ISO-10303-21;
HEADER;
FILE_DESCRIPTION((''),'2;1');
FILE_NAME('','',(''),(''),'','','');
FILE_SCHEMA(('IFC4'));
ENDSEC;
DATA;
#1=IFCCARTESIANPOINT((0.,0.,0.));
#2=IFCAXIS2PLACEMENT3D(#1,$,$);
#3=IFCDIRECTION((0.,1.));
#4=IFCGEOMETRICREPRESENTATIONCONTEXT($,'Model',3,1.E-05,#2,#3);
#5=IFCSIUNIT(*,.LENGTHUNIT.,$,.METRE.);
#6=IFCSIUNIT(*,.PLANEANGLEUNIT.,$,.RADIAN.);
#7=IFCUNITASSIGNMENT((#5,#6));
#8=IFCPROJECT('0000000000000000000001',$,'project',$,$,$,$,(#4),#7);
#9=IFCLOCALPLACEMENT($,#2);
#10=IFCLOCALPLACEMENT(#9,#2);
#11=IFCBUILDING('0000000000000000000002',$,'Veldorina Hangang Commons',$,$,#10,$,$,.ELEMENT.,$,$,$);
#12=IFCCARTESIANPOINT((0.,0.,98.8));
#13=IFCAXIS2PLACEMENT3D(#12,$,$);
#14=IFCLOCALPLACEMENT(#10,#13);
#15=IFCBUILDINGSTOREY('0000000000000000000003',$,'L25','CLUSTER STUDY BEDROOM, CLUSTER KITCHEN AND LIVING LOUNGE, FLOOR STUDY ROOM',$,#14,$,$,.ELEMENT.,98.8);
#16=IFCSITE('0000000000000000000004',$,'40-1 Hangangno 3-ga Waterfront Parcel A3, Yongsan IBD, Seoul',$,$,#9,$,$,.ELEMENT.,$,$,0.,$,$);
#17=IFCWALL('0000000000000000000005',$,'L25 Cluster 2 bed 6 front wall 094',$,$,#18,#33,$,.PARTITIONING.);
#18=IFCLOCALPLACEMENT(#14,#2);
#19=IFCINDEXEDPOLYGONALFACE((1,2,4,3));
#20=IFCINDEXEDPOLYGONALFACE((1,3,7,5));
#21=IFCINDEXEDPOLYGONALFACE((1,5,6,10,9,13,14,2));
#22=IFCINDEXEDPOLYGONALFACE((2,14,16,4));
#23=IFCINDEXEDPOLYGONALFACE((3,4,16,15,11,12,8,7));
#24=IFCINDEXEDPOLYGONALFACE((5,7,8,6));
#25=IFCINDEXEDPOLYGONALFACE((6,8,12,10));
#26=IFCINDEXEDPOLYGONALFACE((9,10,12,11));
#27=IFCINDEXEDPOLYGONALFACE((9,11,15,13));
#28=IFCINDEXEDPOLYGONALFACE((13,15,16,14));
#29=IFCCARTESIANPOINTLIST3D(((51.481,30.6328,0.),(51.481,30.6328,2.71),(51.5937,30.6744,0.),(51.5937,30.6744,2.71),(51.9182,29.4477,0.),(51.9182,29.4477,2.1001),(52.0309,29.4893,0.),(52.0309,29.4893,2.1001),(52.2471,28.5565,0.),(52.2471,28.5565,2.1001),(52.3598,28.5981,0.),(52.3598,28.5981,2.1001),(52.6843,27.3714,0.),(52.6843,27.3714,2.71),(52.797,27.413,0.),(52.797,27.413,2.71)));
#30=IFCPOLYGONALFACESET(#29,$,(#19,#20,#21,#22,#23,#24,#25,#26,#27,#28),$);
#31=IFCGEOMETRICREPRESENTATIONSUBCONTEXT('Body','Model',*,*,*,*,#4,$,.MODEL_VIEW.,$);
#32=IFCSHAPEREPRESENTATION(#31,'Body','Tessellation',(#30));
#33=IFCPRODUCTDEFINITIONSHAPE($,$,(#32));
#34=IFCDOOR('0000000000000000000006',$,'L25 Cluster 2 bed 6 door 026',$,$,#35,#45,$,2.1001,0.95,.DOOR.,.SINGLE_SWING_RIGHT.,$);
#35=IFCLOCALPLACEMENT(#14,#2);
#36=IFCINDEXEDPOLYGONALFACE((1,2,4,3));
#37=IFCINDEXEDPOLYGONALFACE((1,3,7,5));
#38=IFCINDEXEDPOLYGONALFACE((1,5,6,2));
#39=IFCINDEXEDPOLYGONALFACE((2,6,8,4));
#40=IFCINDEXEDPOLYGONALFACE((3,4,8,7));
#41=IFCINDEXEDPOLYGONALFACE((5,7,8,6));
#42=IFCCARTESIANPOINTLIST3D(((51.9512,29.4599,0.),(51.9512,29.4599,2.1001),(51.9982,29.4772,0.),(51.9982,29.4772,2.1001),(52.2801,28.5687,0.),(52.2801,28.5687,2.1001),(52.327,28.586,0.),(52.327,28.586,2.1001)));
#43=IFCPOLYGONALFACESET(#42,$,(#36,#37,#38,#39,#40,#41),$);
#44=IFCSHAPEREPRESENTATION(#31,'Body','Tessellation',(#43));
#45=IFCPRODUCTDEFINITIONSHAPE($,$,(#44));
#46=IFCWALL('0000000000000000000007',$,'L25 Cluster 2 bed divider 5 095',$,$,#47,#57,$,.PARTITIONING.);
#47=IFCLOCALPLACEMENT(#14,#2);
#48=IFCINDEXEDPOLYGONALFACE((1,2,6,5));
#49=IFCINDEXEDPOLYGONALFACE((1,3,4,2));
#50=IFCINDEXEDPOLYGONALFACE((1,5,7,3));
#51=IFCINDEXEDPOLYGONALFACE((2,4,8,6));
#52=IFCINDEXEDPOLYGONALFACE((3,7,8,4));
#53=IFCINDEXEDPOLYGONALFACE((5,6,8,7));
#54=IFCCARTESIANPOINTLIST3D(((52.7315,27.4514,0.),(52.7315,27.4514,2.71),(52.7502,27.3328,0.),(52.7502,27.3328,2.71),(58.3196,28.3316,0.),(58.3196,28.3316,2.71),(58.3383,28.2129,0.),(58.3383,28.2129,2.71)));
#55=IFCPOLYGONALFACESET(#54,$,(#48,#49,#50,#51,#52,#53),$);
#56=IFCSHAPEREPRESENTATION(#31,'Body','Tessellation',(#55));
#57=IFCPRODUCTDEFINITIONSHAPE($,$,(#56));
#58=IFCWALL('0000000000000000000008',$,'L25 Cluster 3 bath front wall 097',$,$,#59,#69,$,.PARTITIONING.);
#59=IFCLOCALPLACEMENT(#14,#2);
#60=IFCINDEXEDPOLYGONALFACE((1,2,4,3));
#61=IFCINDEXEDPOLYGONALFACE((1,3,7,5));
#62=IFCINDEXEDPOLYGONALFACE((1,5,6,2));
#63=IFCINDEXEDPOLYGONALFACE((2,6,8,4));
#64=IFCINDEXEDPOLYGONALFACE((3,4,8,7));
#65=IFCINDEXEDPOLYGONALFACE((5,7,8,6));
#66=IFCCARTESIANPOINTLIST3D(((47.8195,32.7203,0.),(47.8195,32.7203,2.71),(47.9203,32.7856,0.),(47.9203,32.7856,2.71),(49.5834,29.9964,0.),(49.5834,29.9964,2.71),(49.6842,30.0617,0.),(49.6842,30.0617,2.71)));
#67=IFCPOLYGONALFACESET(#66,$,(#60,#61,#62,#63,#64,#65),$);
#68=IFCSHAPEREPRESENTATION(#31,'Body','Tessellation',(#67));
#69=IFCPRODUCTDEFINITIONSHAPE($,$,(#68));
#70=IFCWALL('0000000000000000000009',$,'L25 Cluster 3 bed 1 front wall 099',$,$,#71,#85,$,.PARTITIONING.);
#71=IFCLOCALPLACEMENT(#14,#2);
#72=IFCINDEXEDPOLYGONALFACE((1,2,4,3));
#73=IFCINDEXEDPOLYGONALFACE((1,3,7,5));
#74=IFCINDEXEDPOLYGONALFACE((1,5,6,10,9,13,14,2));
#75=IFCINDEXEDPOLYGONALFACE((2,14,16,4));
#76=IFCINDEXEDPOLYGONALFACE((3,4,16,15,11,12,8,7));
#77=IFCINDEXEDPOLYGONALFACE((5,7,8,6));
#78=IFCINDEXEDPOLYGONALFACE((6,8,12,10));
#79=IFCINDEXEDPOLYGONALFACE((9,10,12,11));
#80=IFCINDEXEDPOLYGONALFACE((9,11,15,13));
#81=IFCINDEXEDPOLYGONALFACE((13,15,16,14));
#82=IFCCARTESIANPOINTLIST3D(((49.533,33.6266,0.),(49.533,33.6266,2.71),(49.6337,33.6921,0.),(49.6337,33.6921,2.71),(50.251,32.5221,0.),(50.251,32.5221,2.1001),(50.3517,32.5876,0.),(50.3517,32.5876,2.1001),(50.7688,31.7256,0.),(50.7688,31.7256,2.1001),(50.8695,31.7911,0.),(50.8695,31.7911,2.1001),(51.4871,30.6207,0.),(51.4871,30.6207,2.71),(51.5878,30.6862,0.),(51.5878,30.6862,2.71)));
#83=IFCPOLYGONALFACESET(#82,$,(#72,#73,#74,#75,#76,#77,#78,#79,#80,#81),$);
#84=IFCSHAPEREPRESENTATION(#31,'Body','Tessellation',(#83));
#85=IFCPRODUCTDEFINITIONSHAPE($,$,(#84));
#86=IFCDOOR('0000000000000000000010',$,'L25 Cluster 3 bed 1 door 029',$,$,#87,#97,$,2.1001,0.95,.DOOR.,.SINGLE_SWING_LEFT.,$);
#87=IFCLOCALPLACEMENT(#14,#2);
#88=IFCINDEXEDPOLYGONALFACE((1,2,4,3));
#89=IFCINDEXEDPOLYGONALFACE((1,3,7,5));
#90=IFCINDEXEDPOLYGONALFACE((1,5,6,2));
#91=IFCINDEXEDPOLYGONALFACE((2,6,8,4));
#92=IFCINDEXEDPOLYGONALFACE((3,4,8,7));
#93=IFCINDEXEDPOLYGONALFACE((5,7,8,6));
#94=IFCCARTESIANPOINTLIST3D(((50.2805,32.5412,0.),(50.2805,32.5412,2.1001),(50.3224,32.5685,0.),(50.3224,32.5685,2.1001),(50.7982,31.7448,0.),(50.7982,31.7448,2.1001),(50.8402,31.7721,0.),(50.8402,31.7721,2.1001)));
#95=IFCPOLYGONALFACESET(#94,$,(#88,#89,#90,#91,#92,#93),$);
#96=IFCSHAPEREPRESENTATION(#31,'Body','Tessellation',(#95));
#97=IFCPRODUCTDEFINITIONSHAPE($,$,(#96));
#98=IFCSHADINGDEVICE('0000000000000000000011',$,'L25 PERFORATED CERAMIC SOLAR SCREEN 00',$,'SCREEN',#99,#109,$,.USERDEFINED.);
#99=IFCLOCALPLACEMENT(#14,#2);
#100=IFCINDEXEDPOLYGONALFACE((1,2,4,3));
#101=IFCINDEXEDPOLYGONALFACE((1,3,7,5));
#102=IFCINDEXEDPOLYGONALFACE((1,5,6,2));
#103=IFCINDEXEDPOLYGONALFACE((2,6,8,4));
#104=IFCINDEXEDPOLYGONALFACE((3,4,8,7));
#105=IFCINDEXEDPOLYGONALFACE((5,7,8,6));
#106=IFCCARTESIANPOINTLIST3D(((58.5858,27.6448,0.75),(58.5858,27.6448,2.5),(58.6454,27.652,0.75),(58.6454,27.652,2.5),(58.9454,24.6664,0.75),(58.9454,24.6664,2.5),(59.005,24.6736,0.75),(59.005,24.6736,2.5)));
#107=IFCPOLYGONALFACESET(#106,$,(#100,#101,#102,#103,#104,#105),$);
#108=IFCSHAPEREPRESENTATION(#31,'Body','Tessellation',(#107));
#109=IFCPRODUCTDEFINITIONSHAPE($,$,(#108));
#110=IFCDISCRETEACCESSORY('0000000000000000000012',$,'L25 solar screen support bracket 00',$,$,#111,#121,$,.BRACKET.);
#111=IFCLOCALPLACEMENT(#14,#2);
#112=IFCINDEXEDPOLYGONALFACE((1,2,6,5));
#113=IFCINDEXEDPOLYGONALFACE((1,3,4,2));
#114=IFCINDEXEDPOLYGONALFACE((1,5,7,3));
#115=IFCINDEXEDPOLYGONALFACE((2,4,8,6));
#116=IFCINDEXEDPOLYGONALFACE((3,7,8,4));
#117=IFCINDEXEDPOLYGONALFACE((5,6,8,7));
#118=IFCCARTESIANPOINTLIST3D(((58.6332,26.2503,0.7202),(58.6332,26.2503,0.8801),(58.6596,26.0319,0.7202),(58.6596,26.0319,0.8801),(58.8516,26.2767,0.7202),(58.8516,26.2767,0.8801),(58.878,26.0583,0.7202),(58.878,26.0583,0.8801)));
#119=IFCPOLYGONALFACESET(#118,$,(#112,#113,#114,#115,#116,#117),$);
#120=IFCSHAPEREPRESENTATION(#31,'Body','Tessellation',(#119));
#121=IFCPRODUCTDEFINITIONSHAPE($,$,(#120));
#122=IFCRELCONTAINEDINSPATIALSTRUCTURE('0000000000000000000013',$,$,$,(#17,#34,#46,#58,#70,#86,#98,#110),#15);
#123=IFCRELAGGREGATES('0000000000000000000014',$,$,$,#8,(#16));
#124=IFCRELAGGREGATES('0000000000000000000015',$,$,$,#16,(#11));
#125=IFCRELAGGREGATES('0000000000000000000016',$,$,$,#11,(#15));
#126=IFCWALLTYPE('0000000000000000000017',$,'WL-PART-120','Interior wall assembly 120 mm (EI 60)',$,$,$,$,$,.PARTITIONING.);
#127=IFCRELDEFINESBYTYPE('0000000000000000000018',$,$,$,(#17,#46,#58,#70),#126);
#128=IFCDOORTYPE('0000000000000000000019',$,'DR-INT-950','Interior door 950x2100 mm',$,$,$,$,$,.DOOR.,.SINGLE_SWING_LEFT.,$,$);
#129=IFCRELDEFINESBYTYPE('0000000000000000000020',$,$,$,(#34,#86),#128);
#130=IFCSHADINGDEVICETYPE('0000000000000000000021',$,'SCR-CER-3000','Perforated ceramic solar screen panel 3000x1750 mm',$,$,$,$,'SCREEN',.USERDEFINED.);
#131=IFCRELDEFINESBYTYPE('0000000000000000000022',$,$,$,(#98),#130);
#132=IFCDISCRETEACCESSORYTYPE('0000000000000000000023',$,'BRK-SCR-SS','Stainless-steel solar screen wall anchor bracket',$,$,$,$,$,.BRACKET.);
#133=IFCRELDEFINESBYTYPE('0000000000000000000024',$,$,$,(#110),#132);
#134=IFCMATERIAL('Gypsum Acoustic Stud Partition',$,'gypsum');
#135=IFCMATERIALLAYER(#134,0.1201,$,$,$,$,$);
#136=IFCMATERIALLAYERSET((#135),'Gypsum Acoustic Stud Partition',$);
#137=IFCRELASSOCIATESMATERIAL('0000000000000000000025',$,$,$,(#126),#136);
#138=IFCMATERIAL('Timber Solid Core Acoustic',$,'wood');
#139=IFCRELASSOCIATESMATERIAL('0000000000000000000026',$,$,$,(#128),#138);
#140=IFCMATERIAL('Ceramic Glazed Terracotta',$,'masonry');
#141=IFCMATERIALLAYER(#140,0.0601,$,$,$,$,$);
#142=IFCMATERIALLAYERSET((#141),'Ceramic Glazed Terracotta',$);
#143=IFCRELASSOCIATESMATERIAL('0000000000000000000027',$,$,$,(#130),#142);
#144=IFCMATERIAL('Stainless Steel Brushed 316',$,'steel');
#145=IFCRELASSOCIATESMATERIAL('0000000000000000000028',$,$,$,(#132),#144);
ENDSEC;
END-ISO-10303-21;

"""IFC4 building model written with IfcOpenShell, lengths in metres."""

from ifc_helpers import new_model, si_unit, direction, frame, frame_2d, origin, origin_2d, place, context, subcontext, project, spatial, rectangle, extrude, material, layer, layer_set, type_object, element, fill, save


model = new_model("IFC4")

# Units and contexts
model_context = context("Model", 3, precision=1e-05, world=origin(), true_north=direction((0.0, 1.0)))
body_context = subcontext(model_context, "Body", "Model", "MODEL_VIEW")
ifc_project = project(units=[si_unit("LENGTHUNIT", "METRE"), si_unit("PLANEANGLEUNIT", "RADIAN")], contexts=[model_context])

# Site, building, storey
site_placement = place(None, origin())
site = spatial("IfcSite", under=ifc_project, at=site_placement, Name="40-1 Hangangno 3-ga Waterfront Parcel A3, Yongsan IBD, Seoul", CompositionType="ELEMENT", RefElevation=0.0)
building_placement = place(site_placement, origin())
building = spatial("IfcBuilding", under=site, at=building_placement, Name="Veldorina Hangang Commons", CompositionType="ELEMENT")
storey_placement = place(building_placement, frame((0.0, 0.0, 98.8)))
storey = spatial("IfcBuildingStorey", under=building, at=storey_placement, Name="L25", Description="CLUSTER STUDY BEDROOM, CLUSTER KITCHEN AND LIVING LOUNGE, FLOOR STUDY ROOM", CompositionType="ELEMENT", Elevation=98.8)

# Shared definitions
ifc_material_1 = material(Name="Gypsum Acoustic Stud Partition", Category="gypsum")
ifc_layer_1 = layer(ifc_material_1, 0.1201)
ifc_layer_set_1 = layer_set([ifc_layer_1], Name="Gypsum Acoustic Stud Partition")
wall_type_1 = type_object("IfcWallType", Name="WL-PART-120", Description="Interior wall assembly 120 mm (EI 60)", PredefinedType="PARTITIONING", material=ifc_layer_set_1)
ifc_material_2 = material(Name="Timber Solid Core Acoustic", Category="wood")
door_type = type_object("IfcDoorType", Name="DR-INT-950", Description="Interior door 950x2100 mm", OperationType="SINGLE_SWING_LEFT", PredefinedType="DOOR", material=ifc_material_2)

# Wall, opening, door
wall_1_placement = place(storey_placement, frame((52.7407, 27.3921, 0.0), z_axis=(0.0, 0.0, 1.0), x_axis=(-0.346154, 0.938178, 0.0)))
wall_1 = element("IfcWall", 1, at=wall_1_placement, inside=storey, type_object=wall_type_1, Name="L25 Cluster 2 bed 6 front wall 094", PredefinedType="PARTITIONING", context=body_context, shape_type="SweptSolid", body=[
    extrude(rectangle(XDim=3.4763, YDim=0.1201, at=frame_2d((1.7383, 0.0))), origin(), (0.0, 0.0, 1.0), 2.71),
])
opening_1_placement = place(wall_1_placement, frame((1.2632, 0.0, 0.0)))
opening_1 = element("IfcOpeningElement", 2, at=opening_1_placement, cuts=wall_1, PredefinedType="OPENING", context=body_context, shape_type="SweptSolid", body=[
    extrude(rectangle(XDim=0.95, YDim=2.1001, at=frame_2d((0.4751, 1.05))), frame((0.0, 0.0701, 0.0), z_axis=(0.0, -1.0, 0.0), x_axis=(1.0, 0.0, 0.0)), (0.0, 0.0, 1.0), 0.1401),
])
door_1_placement = place(opening_1_placement, origin())
door_1 = element("IfcDoor", 3, at=door_1_placement, inside=storey, type_object=door_type, Name="L25 Cluster 2 bed 6 door 026", OperationType="SINGLE_SWING_RIGHT", OverallHeight=2.1001, OverallWidth=0.95, PredefinedType="DOOR", context=body_context, shape_type="SweptSolid", body=[
    extrude(rectangle(XDim=0.95, YDim=2.1001, at=frame_2d((0.4751, 1.05))), frame((0.0, 0.0249, 0.0), z_axis=(0.0, -1.0, 0.0), x_axis=(1.0, 0.0, 0.0)), (0.0, 0.0, 1.0), 0.05),
])
fill(opening_1, door_1)

# Walls
wall_2_placement = place(storey_placement, frame((52.7407, 27.3921, 0.0), z_axis=(0.0, 0.0, 1.0), x_axis=(0.987823, 0.155581, 0.0)))
element("IfcWall", 4, at=wall_2_placement, inside=storey, type_object=wall_type_1, Name="L25 Cluster 2 bed divider 5 095", PredefinedType="PARTITIONING", context=body_context, shape_type="SweptSolid", body=[
    extrude(rectangle(XDim=5.657, YDim=0.1201, at=frame_2d((2.8286, 0.0))), origin(), (0.0, 0.0, 1.0), 2.71),
])
wall_3_placement = place(storey_placement, frame((49.6338, 30.0291, 0.0), z_axis=(0.0, 0.0, 1.0), x_axis=(-0.543557, 0.839372, 0.0)))
element("IfcWall", 5, at=wall_3_placement, inside=storey, type_object=wall_type_1, Name="L25 Cluster 3 bath front wall 097", PredefinedType="PARTITIONING", context=body_context, shape_type="SweptSolid", body=[
    extrude(rectangle(XDim=3.2451, YDim=0.1201, at=frame_2d((1.6226, 0.0))), origin(), (0.0, 0.0, 1.0), 2.71),
])

# Wall, opening, door
wall_4_placement = place(storey_placement, frame((51.5374, 30.6536, 0.0), z_axis=(0.0, 0.0, 1.0), x_axis=(-0.545046, 0.838406, 0.0)))
wall_4 = element("IfcWall", 6, at=wall_4_placement, inside=storey, type_object=wall_type_1, Name="L25 Cluster 3 bed 1 front wall 099", PredefinedType="PARTITIONING", context=body_context, shape_type="SweptSolid", body=[
    extrude(rectangle(XDim=3.5852, YDim=0.1201, at=frame_2d((1.7925, 0.0))), origin(), (0.0, 0.0, 1.0), 2.71),
])
opening_2_placement = place(wall_4_placement, frame((1.3176, 0.0, 0.0)))
opening_2 = element("IfcOpeningElement", 7, at=opening_2_placement, cuts=wall_4, PredefinedType="OPENING", context=body_context, shape_type="SweptSolid", body=[
    extrude(rectangle(XDim=0.95, YDim=2.1001, at=frame_2d((0.4751, 1.05))), frame((0.0, 0.0701, 0.0), z_axis=(0.0, -1.0, 0.0), x_axis=(1.0, 0.0, 0.0)), (0.0, 0.0, 1.0), 0.1401),
])
door_2_placement = place(opening_2_placement, origin())
door_2 = element("IfcDoor", 8, at=door_2_placement, inside=storey, type_object=door_type, Name="L25 Cluster 3 bed 1 door 029", OperationType="SINGLE_SWING_LEFT", OverallHeight=2.1001, OverallWidth=0.95, PredefinedType="DOOR", context=body_context, shape_type="SweptSolid", body=[
    extrude(rectangle(XDim=0.95, YDim=2.1001, at=frame_2d((0.4751, 1.05))), frame((0.0, 0.0249, 0.0), z_axis=(0.0, -1.0, 0.0), x_axis=(1.0, 0.0, 0.0)), (0.0, 0.0, 1.0), 0.05),
])
fill(opening_2, door_2)

# Shading device
ifc_material_3 = material(Name="Ceramic Glazed Terracotta", Category="masonry")
ifc_layer_2 = layer(ifc_material_3, 0.0601)
ifc_layer_set_2 = layer_set([ifc_layer_2], Name="Ceramic Glazed Terracotta")
shading_device_type = type_object("IfcShadingDeviceType", Name="SCR-CER-3000", Description="Perforated ceramic solar screen panel 3000x1750 mm", ElementType="SCREEN", PredefinedType="USERDEFINED", material=ifc_layer_set_2)
shading_device_placement = place(storey_placement, frame((58.7954, 26.1592, 0.75), z_axis=(0.0, 0.0, 1.0), x_axis=(-0.119877, 0.992789, 0.0)))
element("IfcShadingDevice", 9, at=shading_device_placement, inside=storey, type_object=shading_device_type, Name="L25 PERFORATED CERAMIC SOLAR SCREEN 00", ObjectType="SCREEN", PredefinedType="USERDEFINED", context=body_context, shape_type="SweptSolid", body=[
    extrude(rectangle(XDim=3.0, YDim=0.0601, at=origin_2d()), origin(), (0.0, 0.0, 1.0), 1.75),
])

# Discrete accessory
ifc_material_4 = material(Name="Stainless Steel Brushed 316", Category="steel")
discrete_accessory_type = type_object("IfcDiscreteAccessoryType", Name="BRK-SCR-SS", Description="Stainless-steel solar screen wall anchor bracket", PredefinedType="BRACKET", material=ifc_material_4)
discrete_accessory_placement = place(storey_placement, frame((58.7556, 26.1543, 0.7202), z_axis=(0.0, 0.0, 1.0), x_axis=(-0.119877, 0.992789, 0.0)))
element("IfcDiscreteAccessory", 10, at=discrete_accessory_placement, inside=storey, type_object=discrete_accessory_type, Name="L25 solar screen support bracket 00", PredefinedType="BRACKET", context=body_context, shape_type="SweptSolid", body=[
    extrude(rectangle(XDim=0.22, YDim=0.22, at=origin_2d()), origin(), (0.0, 0.0, 1.0), 0.1599),
])

save(model, "model.ifc")
